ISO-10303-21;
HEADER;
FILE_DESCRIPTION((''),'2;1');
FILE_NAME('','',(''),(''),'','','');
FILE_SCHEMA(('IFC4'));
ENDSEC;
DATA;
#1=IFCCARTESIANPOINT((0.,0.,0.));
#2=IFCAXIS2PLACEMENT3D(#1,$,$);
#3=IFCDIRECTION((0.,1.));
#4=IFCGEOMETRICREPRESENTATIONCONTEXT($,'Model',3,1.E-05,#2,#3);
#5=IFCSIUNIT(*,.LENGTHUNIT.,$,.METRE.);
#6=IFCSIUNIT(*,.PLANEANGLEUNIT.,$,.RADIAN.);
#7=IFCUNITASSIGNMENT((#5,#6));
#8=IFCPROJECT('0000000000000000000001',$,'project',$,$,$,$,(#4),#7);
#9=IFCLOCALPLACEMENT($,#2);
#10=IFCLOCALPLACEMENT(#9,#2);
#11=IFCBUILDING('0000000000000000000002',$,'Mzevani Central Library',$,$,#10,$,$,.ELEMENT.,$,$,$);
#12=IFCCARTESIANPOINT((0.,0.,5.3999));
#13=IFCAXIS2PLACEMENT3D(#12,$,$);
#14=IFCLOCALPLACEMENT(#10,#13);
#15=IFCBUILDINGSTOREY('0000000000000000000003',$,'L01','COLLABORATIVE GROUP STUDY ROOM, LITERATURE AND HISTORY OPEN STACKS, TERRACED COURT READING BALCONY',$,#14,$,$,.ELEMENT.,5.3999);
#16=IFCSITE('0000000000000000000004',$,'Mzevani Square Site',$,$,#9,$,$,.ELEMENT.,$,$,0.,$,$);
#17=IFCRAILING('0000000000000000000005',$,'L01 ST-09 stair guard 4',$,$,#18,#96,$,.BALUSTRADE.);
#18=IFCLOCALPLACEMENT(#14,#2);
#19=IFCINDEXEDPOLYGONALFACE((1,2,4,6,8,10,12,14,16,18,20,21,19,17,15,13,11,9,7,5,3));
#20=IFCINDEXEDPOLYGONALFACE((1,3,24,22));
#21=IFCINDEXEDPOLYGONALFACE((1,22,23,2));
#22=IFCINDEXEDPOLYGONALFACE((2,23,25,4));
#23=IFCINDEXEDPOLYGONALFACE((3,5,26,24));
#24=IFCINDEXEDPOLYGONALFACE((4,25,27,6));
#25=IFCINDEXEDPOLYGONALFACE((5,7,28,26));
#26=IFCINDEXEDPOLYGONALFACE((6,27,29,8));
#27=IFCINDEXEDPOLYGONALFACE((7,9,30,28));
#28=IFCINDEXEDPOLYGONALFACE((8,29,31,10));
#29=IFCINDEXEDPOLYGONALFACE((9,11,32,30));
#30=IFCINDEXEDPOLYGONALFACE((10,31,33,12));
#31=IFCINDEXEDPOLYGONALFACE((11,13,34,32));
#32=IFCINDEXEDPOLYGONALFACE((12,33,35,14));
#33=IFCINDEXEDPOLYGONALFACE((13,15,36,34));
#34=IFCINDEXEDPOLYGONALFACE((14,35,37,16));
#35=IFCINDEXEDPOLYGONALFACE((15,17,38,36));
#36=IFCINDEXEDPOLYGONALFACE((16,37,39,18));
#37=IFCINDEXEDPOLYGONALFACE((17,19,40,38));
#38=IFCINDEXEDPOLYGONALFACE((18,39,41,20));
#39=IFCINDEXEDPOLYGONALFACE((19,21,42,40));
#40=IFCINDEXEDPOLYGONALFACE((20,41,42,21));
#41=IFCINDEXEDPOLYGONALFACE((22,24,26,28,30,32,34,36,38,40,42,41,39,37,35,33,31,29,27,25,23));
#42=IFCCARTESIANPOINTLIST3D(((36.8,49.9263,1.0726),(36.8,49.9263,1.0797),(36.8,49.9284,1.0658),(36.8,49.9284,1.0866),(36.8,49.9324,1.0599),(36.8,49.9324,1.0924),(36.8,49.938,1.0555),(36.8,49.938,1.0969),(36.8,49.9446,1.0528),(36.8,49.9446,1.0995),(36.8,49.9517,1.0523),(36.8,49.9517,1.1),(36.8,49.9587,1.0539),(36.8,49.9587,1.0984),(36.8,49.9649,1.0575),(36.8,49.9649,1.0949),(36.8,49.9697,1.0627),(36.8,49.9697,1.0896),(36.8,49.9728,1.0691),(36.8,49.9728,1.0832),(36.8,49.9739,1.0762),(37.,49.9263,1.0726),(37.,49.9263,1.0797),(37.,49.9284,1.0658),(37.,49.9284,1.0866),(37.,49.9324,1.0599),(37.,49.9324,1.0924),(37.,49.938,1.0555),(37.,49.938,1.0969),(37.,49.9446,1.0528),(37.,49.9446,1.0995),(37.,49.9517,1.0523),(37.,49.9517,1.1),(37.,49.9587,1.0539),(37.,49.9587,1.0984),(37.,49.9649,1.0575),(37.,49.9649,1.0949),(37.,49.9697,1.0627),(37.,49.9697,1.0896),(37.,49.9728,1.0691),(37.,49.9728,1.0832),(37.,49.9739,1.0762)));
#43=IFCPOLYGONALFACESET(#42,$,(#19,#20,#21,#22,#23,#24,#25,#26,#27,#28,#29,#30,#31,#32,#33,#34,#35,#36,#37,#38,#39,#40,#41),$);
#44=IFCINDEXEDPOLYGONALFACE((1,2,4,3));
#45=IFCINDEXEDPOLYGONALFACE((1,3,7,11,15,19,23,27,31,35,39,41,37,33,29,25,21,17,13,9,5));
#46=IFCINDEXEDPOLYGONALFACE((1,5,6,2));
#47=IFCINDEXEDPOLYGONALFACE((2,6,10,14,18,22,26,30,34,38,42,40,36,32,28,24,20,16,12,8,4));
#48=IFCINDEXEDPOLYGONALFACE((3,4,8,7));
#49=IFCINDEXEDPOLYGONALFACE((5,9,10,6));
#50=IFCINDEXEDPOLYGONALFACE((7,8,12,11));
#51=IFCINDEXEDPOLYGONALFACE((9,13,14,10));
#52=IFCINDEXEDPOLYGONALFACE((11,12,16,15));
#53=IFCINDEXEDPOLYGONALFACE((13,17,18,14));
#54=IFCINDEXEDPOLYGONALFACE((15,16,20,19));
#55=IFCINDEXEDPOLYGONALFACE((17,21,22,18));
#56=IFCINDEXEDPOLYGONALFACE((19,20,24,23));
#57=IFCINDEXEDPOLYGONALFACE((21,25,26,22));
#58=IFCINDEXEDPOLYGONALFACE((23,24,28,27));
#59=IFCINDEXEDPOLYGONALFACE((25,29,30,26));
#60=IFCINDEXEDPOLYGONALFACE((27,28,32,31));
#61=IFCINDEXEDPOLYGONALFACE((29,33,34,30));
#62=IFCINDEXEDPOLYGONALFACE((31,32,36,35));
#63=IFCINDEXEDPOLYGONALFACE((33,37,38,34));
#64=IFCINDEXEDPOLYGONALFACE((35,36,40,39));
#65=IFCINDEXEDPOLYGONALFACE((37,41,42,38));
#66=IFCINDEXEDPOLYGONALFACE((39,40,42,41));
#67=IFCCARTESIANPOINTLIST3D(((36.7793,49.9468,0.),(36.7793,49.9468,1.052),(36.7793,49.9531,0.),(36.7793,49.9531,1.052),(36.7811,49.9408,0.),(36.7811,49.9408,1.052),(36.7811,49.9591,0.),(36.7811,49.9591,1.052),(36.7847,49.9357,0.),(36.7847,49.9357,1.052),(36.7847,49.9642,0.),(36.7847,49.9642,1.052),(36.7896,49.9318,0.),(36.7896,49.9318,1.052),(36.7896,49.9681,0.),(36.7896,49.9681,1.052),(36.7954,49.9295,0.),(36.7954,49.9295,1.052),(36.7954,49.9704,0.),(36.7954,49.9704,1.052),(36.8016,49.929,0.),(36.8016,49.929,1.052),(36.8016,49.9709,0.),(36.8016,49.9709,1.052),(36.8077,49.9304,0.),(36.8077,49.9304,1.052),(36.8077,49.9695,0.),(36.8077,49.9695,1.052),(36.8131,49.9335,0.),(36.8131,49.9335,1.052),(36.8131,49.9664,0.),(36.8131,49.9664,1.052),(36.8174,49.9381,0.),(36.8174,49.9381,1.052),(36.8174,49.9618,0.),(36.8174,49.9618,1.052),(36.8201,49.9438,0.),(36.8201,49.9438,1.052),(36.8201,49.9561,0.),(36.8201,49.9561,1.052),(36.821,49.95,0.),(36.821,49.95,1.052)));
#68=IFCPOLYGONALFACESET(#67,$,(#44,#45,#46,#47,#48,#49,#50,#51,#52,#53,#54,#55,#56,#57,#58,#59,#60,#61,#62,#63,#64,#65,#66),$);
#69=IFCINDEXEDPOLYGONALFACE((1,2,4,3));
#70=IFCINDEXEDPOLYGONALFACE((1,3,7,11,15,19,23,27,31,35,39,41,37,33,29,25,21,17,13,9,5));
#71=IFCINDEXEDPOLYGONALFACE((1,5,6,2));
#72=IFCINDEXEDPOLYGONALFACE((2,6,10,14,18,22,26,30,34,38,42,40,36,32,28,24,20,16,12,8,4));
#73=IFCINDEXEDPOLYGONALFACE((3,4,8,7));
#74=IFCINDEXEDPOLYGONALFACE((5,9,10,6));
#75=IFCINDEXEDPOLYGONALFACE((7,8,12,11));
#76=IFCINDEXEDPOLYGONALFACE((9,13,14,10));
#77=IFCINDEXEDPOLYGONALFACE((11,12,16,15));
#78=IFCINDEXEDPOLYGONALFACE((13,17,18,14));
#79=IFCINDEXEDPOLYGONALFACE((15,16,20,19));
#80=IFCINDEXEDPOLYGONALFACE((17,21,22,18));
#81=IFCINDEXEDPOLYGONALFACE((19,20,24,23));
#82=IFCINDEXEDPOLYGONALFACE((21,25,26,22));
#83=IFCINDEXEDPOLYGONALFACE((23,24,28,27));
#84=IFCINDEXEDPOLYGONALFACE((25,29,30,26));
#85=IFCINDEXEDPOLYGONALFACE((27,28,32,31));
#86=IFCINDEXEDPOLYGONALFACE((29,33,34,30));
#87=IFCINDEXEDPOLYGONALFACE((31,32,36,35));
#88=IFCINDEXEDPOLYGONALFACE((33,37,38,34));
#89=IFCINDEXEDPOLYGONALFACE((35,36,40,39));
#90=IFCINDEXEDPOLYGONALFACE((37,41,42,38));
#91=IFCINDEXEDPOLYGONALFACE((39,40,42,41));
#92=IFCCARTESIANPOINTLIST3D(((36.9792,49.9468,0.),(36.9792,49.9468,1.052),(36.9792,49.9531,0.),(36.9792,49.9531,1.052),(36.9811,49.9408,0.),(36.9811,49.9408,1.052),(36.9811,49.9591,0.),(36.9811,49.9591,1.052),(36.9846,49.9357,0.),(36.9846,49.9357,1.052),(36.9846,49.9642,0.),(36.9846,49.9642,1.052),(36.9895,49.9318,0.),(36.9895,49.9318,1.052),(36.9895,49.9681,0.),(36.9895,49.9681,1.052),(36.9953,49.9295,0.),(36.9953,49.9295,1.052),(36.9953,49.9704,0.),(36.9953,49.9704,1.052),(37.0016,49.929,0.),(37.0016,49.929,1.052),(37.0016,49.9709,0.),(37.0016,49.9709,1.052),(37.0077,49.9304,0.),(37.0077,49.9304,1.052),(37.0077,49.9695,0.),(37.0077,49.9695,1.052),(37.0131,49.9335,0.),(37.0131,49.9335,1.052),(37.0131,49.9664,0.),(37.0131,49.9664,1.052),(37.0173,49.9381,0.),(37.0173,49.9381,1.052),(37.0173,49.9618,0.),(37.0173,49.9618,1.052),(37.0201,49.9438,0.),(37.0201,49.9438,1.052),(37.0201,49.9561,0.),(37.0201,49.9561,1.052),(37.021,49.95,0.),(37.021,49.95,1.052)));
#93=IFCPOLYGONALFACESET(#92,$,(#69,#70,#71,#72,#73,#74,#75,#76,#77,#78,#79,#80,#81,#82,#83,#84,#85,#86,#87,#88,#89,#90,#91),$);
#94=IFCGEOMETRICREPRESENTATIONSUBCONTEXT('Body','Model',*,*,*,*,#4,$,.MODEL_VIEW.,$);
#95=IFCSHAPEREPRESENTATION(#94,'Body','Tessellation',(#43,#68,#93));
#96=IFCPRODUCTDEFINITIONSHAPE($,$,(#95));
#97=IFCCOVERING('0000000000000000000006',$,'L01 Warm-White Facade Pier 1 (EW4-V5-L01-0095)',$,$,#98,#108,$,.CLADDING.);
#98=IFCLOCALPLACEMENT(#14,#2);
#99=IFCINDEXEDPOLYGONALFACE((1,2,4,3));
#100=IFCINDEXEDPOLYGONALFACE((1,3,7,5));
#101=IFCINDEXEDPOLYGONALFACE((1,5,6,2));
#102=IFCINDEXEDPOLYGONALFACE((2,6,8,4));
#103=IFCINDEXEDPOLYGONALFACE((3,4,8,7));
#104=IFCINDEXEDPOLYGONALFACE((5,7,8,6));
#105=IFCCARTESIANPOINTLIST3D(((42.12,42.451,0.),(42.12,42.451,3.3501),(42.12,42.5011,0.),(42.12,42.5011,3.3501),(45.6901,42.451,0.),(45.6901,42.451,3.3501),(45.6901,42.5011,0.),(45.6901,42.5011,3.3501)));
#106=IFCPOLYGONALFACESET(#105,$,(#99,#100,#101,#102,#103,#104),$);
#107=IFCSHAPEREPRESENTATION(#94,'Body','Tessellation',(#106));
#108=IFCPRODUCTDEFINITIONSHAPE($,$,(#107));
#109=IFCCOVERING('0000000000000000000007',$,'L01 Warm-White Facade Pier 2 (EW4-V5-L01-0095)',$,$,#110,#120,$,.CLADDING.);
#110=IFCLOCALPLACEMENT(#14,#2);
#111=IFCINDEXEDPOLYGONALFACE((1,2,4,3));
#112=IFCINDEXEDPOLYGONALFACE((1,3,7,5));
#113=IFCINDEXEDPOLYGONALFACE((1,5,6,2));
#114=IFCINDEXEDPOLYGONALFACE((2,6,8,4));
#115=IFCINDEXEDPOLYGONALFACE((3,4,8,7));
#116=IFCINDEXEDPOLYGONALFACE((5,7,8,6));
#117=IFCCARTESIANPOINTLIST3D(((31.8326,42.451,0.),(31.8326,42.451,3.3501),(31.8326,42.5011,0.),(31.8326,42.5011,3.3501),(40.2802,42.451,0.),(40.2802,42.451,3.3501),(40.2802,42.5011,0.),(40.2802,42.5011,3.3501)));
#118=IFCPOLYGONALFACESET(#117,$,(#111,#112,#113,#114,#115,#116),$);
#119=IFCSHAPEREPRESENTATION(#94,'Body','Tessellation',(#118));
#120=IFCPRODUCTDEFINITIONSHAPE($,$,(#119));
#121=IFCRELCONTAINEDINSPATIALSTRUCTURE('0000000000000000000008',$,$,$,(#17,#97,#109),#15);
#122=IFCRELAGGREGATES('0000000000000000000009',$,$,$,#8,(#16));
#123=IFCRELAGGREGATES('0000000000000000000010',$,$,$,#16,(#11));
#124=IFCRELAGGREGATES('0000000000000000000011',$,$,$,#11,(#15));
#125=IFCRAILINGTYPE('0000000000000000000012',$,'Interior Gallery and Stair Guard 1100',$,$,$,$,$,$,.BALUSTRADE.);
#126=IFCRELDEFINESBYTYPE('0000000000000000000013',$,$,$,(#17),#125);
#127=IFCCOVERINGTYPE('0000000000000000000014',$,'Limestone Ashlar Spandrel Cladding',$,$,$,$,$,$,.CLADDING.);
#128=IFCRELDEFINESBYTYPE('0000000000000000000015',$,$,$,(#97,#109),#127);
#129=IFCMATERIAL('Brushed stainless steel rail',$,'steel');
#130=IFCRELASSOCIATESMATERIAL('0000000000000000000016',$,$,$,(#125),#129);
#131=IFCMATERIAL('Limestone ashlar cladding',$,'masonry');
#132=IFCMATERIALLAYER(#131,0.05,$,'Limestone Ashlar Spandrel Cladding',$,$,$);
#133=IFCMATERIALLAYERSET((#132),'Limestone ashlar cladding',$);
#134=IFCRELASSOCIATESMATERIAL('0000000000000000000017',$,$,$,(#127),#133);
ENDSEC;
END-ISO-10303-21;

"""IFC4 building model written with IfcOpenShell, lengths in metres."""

from ifc_helpers import new_model, si_unit, direction, frame, origin, origin_2d, place, context, subcontext, project, spatial, rectangle, circle, extrude, material, layer, layer_set, type_object, element, save


model = new_model("IFC4")

# Units and contexts
model_context = context("Model", 3, precision=1e-05, world=origin(), true_north=direction((0.0, 1.0)))
body_context = subcontext(model_context, "Body", "Model", "MODEL_VIEW")
ifc_project = project(units=[si_unit("LENGTHUNIT", "METRE"), si_unit("PLANEANGLEUNIT", "RADIAN")], contexts=[model_context])

# Site, building, storey
site_placement = place(None, origin())
site = spatial("IfcSite", under=ifc_project, at=site_placement, Name="Mzevani Square Site", CompositionType="ELEMENT", RefElevation=0.0)
building_placement = place(site_placement, origin())
building = spatial("IfcBuilding", under=site, at=building_placement, Name="Mzevani Central Library", CompositionType="ELEMENT")
storey_placement = place(building_placement, frame((0.0, 0.0, 5.3999)))
storey = spatial("IfcBuildingStorey", under=building, at=storey_placement, Name="L01", Description="COLLABORATIVE GROUP STUDY ROOM, LITERATURE AND HISTORY OPEN STACKS, TERRACED COURT READING BALCONY", CompositionType="ELEMENT", Elevation=5.3999)

# Railing
ifc_material_1 = material(Name="Brushed stainless steel rail", Category="steel")
railing_type_1 = type_object("IfcRailingType", Name="Interior Gallery and Stair Guard 1100", PredefinedType="BALUSTRADE", material=ifc_material_1)
railing_1_placement = place(storey_placement, frame((36.8, 49.95, 0.0)))
element("IfcRailing", 1, at=railing_1_placement, inside=storey, type_object=railing_type_1, Name="L01 ST-09 stair guard 4", PredefinedType="BALUSTRADE", context=body_context, shape_type="SweptSolid", body=[
    extrude(circle(Radius=0.0239, at=origin_2d()), frame((0.0, 0.0, 1.0762), z_axis=(1.0, 0.0, 0.0), x_axis=(0.0, 1.0, 0.0)), (0.0, 0.0, 1.0), 0.2),
    extrude(circle(Radius=0.021, at=origin_2d()), origin(), (0.0, 0.0, 1.0), 1.052),
    extrude(circle(Radius=0.021, at=origin_2d()), frame((0.2, 0.0, 0.0)), (0.0, 0.0, 1.0), 1.052),
])

# Coverings
ifc_material_2 = material(Name="Limestone ashlar cladding", Category="masonry")
ifc_layer_1 = layer(ifc_material_2, 0.05, Name="Limestone Ashlar Spandrel Cladding")
ifc_layer_set_1 = layer_set([ifc_layer_1], Name="Limestone ashlar cladding")
covering_type = type_object("IfcCoveringType", Name="Limestone Ashlar Spandrel Cladding", PredefinedType="CLADDING", material=ifc_layer_set_1)
covering_1_placement = place(storey_placement, frame((43.905, 42.4761, 0.0), z_axis=(0.0, 0.0, 1.0), x_axis=(-1.0, 0.0, 0.0)))
element("IfcCovering", 2, at=covering_1_placement, inside=storey, type_object=covering_type, Name="L01 Warm-White Facade Pier 1 (EW4-V5-L01-0095)", PredefinedType="CLADDING", context=body_context, shape_type="SweptSolid", body=[
    extrude(rectangle(XDim=3.5701, YDim=0.05, at=origin_2d()), origin(), (0.0, 0.0, 1.0), 3.3501),
])
covering_2_placement = place(storey_placement, frame((36.0564, 42.4761, 0.0), z_axis=(0.0, 0.0, 1.0), x_axis=(-1.0, 0.0, 0.0)))
element("IfcCovering", 3, at=covering_2_placement, inside=storey, type_object=covering_type, Name="L01 Warm-White Facade Pier 2 (EW4-V5-L01-0095)", PredefinedType="CLADDING", context=body_context, shape_type="SweptSolid", body=[
    extrude(rectangle(XDim=8.4475, YDim=0.05, at=origin_2d()), origin(), (0.0, 0.0, 1.0), 3.3501),
])

save(model, "model.ifc")
